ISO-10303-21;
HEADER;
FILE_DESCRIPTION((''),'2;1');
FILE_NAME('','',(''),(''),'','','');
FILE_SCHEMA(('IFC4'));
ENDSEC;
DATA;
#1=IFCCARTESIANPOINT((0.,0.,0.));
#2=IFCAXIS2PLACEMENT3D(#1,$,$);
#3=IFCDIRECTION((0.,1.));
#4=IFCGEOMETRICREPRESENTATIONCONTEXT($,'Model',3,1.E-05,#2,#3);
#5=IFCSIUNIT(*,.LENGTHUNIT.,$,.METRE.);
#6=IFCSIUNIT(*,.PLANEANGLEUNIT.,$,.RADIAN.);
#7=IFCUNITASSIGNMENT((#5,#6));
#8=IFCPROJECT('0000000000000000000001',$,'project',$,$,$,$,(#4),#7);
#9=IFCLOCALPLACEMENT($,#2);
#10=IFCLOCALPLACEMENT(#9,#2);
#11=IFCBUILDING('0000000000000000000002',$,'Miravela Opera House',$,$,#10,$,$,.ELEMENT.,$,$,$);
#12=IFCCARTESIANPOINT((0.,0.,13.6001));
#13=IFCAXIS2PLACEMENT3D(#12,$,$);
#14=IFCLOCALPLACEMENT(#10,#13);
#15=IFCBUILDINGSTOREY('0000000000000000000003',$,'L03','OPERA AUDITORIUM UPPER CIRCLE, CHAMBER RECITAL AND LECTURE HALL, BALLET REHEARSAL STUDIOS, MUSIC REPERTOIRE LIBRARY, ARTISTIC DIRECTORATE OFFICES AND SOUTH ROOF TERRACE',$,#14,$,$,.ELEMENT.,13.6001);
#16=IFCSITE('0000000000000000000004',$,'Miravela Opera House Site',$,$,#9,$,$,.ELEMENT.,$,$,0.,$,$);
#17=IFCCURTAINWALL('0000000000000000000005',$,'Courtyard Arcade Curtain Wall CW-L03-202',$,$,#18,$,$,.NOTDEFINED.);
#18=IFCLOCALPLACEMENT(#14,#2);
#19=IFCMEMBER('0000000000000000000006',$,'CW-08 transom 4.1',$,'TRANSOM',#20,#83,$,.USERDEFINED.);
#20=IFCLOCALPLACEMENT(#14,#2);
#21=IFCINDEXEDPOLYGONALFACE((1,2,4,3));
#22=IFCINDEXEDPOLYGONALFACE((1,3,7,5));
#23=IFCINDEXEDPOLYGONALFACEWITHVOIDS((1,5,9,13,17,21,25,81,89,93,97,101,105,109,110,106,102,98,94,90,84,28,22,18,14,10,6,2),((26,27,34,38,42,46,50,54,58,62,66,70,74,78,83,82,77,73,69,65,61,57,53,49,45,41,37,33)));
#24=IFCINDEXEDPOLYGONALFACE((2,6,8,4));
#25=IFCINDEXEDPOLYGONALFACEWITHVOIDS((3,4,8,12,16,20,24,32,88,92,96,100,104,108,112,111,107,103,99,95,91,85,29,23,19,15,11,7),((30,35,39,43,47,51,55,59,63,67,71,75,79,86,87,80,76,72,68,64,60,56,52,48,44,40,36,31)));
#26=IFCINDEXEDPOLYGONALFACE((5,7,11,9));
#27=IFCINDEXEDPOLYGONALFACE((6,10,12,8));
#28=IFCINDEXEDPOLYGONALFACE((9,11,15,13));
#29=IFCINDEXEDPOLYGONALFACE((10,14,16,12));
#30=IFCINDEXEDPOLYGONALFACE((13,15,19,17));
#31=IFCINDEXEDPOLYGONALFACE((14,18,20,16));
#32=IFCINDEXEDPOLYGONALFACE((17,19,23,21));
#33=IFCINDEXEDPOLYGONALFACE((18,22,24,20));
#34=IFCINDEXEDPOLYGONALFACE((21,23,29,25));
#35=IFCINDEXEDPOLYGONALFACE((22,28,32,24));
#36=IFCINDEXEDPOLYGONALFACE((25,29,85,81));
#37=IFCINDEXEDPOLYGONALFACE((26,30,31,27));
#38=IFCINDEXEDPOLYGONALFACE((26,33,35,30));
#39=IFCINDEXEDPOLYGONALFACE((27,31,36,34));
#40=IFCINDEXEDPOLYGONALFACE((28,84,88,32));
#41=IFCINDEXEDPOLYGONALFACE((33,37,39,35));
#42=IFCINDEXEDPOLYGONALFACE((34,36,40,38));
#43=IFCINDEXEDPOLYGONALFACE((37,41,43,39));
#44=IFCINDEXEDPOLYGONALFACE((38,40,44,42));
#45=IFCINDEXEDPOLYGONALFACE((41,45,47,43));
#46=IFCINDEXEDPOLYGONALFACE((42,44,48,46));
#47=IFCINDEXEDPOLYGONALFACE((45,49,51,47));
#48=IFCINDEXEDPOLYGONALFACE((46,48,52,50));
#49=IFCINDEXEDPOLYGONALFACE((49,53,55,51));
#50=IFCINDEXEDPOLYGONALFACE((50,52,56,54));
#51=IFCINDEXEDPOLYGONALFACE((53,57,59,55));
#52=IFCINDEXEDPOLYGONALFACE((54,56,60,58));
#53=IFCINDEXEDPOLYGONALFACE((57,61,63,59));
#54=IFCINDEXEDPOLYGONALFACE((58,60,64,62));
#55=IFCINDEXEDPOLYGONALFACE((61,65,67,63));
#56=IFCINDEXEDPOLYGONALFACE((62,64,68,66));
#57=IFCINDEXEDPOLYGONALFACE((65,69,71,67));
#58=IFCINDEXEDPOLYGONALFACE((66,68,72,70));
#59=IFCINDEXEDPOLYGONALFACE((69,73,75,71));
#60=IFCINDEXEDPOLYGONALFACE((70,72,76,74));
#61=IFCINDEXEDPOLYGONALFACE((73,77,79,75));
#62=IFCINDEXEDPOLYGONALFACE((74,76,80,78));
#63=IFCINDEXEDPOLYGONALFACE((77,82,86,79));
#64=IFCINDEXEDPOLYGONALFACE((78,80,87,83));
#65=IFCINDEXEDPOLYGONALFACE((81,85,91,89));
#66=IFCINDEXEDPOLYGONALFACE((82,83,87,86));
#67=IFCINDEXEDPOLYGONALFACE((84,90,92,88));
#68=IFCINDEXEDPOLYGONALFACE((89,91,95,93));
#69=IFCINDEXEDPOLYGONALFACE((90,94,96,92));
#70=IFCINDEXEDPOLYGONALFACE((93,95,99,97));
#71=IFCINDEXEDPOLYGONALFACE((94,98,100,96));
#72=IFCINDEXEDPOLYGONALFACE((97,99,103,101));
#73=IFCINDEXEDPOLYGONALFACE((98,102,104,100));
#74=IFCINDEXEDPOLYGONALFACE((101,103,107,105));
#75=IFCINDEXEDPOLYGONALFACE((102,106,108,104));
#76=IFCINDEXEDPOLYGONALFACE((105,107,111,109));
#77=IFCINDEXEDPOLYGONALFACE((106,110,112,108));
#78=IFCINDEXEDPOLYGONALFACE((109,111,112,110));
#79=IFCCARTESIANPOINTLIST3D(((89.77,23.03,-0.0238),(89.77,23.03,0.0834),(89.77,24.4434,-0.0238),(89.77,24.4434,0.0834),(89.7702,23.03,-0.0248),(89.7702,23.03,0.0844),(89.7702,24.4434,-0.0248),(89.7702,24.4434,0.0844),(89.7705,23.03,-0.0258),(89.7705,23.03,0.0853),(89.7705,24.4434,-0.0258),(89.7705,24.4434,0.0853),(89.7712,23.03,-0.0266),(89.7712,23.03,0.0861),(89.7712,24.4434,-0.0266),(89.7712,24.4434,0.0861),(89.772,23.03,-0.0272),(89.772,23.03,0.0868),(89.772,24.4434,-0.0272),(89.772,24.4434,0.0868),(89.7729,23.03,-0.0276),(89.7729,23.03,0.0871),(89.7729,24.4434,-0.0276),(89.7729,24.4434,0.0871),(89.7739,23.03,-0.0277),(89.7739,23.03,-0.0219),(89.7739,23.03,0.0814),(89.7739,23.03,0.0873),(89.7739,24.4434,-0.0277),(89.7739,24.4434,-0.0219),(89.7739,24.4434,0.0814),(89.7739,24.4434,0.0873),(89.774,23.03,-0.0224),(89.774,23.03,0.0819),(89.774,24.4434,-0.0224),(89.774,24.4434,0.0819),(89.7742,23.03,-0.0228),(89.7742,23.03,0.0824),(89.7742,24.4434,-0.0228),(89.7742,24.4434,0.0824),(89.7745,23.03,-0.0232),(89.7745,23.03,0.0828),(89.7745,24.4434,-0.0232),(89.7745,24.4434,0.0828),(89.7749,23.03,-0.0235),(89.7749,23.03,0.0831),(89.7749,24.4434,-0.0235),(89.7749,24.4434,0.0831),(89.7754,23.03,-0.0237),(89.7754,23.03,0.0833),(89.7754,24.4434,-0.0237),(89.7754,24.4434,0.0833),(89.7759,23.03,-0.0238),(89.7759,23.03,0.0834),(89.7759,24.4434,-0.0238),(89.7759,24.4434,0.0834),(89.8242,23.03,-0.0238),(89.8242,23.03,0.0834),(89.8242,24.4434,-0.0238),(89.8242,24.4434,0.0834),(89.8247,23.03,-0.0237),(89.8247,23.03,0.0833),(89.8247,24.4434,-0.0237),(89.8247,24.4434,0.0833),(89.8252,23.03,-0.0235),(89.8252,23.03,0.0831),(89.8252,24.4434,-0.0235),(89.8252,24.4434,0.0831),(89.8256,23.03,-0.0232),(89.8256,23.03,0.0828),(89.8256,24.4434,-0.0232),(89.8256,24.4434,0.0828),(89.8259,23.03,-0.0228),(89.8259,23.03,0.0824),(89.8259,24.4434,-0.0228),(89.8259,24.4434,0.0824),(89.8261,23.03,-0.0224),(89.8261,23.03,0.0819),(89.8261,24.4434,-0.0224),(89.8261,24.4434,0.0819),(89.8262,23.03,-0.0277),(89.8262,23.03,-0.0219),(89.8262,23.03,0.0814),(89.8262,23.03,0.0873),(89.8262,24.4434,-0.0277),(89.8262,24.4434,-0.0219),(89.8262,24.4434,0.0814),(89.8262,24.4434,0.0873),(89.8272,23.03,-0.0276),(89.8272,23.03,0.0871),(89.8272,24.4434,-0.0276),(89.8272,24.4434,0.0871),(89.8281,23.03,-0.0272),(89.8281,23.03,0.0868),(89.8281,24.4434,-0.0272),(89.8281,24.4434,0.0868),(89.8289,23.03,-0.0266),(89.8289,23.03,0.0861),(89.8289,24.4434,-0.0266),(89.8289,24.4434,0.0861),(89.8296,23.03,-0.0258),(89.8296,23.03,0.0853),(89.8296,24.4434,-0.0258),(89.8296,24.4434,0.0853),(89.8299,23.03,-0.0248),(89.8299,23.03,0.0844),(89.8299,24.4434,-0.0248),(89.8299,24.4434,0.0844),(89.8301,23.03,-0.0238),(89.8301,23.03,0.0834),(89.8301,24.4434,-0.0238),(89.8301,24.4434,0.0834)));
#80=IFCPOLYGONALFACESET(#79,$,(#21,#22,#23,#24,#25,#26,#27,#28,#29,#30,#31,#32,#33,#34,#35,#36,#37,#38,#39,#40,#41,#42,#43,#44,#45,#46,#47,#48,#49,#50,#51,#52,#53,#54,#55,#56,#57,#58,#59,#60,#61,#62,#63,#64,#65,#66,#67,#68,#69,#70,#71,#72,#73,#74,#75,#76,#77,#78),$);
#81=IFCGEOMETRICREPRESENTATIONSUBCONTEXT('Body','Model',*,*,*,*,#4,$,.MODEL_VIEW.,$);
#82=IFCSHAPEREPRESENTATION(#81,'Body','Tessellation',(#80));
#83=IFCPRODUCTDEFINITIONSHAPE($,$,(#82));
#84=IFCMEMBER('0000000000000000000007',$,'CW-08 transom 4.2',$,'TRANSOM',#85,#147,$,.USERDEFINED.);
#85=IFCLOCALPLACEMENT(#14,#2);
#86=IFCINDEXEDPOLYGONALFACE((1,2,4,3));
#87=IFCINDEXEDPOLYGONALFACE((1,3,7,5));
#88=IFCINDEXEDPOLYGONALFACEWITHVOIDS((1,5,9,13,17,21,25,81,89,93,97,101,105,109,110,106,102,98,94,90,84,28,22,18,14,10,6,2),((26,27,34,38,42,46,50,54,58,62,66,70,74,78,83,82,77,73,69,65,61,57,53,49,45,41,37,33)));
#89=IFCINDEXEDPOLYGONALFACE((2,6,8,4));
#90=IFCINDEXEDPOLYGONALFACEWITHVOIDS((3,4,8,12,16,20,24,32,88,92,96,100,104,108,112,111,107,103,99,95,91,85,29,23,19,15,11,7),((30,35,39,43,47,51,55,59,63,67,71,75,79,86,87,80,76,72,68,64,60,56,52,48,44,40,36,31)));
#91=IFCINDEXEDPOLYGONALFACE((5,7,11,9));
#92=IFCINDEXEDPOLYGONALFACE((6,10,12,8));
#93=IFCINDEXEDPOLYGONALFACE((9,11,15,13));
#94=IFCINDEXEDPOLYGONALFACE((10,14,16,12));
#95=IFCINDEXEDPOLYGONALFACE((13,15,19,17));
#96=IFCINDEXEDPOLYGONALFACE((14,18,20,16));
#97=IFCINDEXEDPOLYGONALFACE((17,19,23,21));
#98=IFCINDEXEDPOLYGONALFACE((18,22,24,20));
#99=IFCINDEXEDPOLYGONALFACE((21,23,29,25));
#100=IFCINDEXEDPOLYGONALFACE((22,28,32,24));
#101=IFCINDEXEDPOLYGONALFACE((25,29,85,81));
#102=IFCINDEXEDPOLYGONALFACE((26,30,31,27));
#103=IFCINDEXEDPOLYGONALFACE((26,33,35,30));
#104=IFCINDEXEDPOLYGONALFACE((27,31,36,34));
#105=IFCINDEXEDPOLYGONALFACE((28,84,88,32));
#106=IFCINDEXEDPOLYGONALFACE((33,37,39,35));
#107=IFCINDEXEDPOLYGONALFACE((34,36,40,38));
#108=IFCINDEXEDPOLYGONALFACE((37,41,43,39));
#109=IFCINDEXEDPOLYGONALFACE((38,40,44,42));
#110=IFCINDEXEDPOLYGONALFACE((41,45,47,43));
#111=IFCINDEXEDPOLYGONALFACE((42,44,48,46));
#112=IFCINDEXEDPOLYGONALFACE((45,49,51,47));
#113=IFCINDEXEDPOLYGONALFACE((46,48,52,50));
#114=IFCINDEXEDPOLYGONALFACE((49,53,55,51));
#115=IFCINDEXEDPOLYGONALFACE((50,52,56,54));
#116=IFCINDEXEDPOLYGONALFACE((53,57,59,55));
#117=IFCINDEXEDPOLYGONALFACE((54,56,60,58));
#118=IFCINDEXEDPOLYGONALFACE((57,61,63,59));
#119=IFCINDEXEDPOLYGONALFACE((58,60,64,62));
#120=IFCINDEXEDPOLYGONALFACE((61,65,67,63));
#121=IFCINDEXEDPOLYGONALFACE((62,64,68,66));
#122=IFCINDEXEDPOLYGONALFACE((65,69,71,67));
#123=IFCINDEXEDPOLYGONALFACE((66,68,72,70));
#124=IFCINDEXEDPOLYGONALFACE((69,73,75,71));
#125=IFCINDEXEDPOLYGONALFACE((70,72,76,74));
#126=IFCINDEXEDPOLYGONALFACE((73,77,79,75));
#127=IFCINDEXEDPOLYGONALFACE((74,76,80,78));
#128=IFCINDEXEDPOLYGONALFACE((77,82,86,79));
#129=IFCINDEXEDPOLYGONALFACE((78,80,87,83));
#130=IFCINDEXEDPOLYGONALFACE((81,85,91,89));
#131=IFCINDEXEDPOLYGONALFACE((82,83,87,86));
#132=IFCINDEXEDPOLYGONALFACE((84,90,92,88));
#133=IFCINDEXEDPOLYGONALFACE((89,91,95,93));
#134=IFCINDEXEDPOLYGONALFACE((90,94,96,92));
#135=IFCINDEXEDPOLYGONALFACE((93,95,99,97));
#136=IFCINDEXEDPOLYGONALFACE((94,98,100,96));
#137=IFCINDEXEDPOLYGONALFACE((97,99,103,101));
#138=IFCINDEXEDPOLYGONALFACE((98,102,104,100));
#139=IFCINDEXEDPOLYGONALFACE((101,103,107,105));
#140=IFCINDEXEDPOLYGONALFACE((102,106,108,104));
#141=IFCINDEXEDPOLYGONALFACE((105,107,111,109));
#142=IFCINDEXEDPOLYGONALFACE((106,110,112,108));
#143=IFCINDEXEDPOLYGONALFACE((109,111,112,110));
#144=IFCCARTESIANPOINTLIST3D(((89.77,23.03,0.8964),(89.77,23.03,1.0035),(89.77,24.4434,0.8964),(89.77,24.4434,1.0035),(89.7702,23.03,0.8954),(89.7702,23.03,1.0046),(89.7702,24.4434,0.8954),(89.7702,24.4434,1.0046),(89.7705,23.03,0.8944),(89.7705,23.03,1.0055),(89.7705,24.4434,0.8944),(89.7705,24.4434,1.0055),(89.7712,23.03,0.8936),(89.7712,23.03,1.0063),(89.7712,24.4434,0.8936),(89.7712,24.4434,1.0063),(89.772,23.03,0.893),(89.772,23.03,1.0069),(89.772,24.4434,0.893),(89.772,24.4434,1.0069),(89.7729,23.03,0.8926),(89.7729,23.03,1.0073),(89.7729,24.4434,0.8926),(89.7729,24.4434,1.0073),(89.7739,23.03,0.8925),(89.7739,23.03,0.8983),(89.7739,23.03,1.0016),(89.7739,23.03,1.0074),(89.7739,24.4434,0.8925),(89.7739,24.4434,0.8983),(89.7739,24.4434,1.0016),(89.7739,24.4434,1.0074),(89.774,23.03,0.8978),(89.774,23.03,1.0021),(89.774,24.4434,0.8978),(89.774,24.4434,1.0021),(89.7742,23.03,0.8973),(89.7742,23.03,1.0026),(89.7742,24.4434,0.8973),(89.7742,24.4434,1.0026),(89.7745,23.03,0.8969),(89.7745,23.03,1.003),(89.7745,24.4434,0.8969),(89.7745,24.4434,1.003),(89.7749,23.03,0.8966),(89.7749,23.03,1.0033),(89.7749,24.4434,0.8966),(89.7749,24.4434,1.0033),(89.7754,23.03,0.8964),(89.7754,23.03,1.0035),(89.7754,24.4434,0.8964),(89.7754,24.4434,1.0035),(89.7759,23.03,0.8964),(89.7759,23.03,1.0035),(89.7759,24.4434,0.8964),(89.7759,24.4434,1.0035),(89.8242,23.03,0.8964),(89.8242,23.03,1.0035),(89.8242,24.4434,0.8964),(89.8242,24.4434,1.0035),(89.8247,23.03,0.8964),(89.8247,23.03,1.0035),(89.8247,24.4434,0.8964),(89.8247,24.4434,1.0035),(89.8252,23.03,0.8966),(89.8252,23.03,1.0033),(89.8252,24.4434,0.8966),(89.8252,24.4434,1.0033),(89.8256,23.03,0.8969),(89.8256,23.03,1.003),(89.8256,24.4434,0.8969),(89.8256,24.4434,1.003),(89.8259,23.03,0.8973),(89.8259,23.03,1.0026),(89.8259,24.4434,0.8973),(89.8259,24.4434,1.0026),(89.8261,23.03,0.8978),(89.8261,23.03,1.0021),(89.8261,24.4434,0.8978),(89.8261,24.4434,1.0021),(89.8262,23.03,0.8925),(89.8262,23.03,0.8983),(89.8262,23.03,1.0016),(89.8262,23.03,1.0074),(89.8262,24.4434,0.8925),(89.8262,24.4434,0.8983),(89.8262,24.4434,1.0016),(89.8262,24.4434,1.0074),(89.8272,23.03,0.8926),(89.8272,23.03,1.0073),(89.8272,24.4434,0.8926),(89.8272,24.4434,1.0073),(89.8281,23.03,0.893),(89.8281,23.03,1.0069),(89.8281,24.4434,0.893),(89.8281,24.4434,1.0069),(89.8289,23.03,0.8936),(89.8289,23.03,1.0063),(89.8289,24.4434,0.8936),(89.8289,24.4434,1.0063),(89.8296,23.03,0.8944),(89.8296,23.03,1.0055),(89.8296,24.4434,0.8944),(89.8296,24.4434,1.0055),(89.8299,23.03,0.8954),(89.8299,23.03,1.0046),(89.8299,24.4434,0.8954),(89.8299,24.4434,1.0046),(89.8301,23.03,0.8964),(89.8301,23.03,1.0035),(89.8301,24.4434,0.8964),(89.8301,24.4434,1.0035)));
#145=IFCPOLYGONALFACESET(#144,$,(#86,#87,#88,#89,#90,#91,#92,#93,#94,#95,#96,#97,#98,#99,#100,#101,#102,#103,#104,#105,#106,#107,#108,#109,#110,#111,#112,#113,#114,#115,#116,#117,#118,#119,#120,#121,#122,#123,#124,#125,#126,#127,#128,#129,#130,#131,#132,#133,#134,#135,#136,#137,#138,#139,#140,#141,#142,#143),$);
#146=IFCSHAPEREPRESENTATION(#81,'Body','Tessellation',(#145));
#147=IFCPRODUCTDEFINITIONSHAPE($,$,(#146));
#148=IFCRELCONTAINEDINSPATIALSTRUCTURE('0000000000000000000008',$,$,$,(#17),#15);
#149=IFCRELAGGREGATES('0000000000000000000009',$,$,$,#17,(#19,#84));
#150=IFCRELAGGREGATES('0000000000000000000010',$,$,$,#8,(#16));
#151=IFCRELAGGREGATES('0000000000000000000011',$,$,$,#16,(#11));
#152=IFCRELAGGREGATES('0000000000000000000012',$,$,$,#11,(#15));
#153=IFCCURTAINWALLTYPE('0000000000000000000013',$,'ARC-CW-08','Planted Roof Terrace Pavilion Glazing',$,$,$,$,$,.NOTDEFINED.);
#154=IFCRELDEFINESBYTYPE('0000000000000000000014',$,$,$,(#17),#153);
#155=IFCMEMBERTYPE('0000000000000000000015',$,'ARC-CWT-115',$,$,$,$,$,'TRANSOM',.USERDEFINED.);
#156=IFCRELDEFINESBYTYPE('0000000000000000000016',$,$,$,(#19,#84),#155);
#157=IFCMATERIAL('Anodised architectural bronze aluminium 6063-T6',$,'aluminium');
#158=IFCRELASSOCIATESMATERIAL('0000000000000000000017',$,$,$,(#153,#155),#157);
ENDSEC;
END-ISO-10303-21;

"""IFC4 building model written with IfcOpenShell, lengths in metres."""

from ifc_helpers import new_model, si_unit, direction, frame, origin, origin_2d, place, context, subcontext, project, spatial, hollow_rectangle, extrude, material, material_profile, profile_set, type_object, element, aggregate, save


model = new_model("IFC4")

# Units and contexts
model_context = context("Model", 3, precision=1e-05, world=origin(), true_north=direction((0.0, 1.0)))
body_context = subcontext(model_context, "Body", "Model", "MODEL_VIEW")
ifc_project = project(units=[si_unit("LENGTHUNIT", "METRE"), si_unit("PLANEANGLEUNIT", "RADIAN")], contexts=[model_context])

# Site, building, storey
site_placement = place(None, origin())
site = spatial("IfcSite", under=ifc_project, at=site_placement, Name="Miravela Opera House Site", CompositionType="ELEMENT", RefElevation=0.0)
building_placement = place(site_placement, origin())
building = spatial("IfcBuilding", under=site, at=building_placement, Name="Miravela Opera House", CompositionType="ELEMENT")
storey_placement = place(building_placement, frame((0.0, 0.0, 13.6001)))
storey = spatial("IfcBuildingStorey", under=building, at=storey_placement, Name="L03", Description="OPERA AUDITORIUM UPPER CIRCLE, CHAMBER RECITAL AND LECTURE HALL, BALLET REHEARSAL STUDIOS, MUSIC REPERTOIRE LIBRARY, ARTISTIC DIRECTORATE OFFICES AND SOUTH ROOF TERRACE", CompositionType="ELEMENT", Elevation=13.6001)

# Curtain wall, members
ifc_material_1 = material(Name="Anodised architectural bronze aluminium 6063-T6", Category="aluminium")
curtain_wall_type = type_object("IfcCurtainWallType", Name="ARC-CW-08", Description="Planted Roof Terrace Pavilion Glazing", PredefinedType="NOTDEFINED", material=ifc_material_1)
curtain_wall_placement = place(storey_placement, origin())
curtain_wall = element("IfcCurtainWall", 1, at=curtain_wall_placement, inside=storey, type_object=curtain_wall_type, Name="Courtyard Arcade Curtain Wall CW-L03-202", PredefinedType="NOTDEFINED")
ifc_material_profile_1 = material_profile(ifc_material_1, hollow_rectangle(XDim=0.0601, YDim=0.115, WallThickness=0.0039, InnerFilletRadius=0.002, OuterFilletRadius=0.0039, at=origin_2d()), Name="CWT-60X115")
ifc_profile_set_1 = profile_set([ifc_material_profile_1])
member_type_1 = type_object("IfcMemberType", Name="ARC-CWT-115", ElementType="TRANSOM", PredefinedType="USERDEFINED", material=ifc_profile_set_1)
member_1_placement = place(storey_placement, frame((89.8, 23.03, 0.0298), z_axis=(0.0, 1.0, 0.0), x_axis=(-1.0, 0.0, 0.0)))
member_1 = element("IfcMember", 2, at=member_1_placement, type_object=member_type_1, Name="CW-08 transom 4.1", ObjectType="TRANSOM", PredefinedType="USERDEFINED", context=body_context, shape_type="SweptSolid", body=[
    extrude(hollow_rectangle(XDim=0.0601, YDim=0.115, WallThickness=0.0039, InnerFilletRadius=0.002, OuterFilletRadius=0.0039, at=origin_2d()), origin(), (0.0, 0.0, 1.0), 1.4133),
])
member_2_placement = place(storey_placement, frame((89.8, 23.03, 0.95), z_axis=(0.0, 1.0, 0.0), x_axis=(-1.0, 0.0, 0.0)))
member_2 = element("IfcMember", 3, at=member_2_placement, type_object=member_type_1, Name="CW-08 transom 4.2", ObjectType="TRANSOM", PredefinedType="USERDEFINED", context=body_context, shape_type="SweptSolid", body=[
    extrude(hollow_rectangle(XDim=0.0601, YDim=0.115, WallThickness=0.0039, InnerFilletRadius=0.002, OuterFilletRadius=0.0039, at=origin_2d()), origin(), (0.0, 0.0, 1.0), 1.4133),
])

aggregate(curtain_wall, [member_1, member_2])

save(model, "model.ifc")
